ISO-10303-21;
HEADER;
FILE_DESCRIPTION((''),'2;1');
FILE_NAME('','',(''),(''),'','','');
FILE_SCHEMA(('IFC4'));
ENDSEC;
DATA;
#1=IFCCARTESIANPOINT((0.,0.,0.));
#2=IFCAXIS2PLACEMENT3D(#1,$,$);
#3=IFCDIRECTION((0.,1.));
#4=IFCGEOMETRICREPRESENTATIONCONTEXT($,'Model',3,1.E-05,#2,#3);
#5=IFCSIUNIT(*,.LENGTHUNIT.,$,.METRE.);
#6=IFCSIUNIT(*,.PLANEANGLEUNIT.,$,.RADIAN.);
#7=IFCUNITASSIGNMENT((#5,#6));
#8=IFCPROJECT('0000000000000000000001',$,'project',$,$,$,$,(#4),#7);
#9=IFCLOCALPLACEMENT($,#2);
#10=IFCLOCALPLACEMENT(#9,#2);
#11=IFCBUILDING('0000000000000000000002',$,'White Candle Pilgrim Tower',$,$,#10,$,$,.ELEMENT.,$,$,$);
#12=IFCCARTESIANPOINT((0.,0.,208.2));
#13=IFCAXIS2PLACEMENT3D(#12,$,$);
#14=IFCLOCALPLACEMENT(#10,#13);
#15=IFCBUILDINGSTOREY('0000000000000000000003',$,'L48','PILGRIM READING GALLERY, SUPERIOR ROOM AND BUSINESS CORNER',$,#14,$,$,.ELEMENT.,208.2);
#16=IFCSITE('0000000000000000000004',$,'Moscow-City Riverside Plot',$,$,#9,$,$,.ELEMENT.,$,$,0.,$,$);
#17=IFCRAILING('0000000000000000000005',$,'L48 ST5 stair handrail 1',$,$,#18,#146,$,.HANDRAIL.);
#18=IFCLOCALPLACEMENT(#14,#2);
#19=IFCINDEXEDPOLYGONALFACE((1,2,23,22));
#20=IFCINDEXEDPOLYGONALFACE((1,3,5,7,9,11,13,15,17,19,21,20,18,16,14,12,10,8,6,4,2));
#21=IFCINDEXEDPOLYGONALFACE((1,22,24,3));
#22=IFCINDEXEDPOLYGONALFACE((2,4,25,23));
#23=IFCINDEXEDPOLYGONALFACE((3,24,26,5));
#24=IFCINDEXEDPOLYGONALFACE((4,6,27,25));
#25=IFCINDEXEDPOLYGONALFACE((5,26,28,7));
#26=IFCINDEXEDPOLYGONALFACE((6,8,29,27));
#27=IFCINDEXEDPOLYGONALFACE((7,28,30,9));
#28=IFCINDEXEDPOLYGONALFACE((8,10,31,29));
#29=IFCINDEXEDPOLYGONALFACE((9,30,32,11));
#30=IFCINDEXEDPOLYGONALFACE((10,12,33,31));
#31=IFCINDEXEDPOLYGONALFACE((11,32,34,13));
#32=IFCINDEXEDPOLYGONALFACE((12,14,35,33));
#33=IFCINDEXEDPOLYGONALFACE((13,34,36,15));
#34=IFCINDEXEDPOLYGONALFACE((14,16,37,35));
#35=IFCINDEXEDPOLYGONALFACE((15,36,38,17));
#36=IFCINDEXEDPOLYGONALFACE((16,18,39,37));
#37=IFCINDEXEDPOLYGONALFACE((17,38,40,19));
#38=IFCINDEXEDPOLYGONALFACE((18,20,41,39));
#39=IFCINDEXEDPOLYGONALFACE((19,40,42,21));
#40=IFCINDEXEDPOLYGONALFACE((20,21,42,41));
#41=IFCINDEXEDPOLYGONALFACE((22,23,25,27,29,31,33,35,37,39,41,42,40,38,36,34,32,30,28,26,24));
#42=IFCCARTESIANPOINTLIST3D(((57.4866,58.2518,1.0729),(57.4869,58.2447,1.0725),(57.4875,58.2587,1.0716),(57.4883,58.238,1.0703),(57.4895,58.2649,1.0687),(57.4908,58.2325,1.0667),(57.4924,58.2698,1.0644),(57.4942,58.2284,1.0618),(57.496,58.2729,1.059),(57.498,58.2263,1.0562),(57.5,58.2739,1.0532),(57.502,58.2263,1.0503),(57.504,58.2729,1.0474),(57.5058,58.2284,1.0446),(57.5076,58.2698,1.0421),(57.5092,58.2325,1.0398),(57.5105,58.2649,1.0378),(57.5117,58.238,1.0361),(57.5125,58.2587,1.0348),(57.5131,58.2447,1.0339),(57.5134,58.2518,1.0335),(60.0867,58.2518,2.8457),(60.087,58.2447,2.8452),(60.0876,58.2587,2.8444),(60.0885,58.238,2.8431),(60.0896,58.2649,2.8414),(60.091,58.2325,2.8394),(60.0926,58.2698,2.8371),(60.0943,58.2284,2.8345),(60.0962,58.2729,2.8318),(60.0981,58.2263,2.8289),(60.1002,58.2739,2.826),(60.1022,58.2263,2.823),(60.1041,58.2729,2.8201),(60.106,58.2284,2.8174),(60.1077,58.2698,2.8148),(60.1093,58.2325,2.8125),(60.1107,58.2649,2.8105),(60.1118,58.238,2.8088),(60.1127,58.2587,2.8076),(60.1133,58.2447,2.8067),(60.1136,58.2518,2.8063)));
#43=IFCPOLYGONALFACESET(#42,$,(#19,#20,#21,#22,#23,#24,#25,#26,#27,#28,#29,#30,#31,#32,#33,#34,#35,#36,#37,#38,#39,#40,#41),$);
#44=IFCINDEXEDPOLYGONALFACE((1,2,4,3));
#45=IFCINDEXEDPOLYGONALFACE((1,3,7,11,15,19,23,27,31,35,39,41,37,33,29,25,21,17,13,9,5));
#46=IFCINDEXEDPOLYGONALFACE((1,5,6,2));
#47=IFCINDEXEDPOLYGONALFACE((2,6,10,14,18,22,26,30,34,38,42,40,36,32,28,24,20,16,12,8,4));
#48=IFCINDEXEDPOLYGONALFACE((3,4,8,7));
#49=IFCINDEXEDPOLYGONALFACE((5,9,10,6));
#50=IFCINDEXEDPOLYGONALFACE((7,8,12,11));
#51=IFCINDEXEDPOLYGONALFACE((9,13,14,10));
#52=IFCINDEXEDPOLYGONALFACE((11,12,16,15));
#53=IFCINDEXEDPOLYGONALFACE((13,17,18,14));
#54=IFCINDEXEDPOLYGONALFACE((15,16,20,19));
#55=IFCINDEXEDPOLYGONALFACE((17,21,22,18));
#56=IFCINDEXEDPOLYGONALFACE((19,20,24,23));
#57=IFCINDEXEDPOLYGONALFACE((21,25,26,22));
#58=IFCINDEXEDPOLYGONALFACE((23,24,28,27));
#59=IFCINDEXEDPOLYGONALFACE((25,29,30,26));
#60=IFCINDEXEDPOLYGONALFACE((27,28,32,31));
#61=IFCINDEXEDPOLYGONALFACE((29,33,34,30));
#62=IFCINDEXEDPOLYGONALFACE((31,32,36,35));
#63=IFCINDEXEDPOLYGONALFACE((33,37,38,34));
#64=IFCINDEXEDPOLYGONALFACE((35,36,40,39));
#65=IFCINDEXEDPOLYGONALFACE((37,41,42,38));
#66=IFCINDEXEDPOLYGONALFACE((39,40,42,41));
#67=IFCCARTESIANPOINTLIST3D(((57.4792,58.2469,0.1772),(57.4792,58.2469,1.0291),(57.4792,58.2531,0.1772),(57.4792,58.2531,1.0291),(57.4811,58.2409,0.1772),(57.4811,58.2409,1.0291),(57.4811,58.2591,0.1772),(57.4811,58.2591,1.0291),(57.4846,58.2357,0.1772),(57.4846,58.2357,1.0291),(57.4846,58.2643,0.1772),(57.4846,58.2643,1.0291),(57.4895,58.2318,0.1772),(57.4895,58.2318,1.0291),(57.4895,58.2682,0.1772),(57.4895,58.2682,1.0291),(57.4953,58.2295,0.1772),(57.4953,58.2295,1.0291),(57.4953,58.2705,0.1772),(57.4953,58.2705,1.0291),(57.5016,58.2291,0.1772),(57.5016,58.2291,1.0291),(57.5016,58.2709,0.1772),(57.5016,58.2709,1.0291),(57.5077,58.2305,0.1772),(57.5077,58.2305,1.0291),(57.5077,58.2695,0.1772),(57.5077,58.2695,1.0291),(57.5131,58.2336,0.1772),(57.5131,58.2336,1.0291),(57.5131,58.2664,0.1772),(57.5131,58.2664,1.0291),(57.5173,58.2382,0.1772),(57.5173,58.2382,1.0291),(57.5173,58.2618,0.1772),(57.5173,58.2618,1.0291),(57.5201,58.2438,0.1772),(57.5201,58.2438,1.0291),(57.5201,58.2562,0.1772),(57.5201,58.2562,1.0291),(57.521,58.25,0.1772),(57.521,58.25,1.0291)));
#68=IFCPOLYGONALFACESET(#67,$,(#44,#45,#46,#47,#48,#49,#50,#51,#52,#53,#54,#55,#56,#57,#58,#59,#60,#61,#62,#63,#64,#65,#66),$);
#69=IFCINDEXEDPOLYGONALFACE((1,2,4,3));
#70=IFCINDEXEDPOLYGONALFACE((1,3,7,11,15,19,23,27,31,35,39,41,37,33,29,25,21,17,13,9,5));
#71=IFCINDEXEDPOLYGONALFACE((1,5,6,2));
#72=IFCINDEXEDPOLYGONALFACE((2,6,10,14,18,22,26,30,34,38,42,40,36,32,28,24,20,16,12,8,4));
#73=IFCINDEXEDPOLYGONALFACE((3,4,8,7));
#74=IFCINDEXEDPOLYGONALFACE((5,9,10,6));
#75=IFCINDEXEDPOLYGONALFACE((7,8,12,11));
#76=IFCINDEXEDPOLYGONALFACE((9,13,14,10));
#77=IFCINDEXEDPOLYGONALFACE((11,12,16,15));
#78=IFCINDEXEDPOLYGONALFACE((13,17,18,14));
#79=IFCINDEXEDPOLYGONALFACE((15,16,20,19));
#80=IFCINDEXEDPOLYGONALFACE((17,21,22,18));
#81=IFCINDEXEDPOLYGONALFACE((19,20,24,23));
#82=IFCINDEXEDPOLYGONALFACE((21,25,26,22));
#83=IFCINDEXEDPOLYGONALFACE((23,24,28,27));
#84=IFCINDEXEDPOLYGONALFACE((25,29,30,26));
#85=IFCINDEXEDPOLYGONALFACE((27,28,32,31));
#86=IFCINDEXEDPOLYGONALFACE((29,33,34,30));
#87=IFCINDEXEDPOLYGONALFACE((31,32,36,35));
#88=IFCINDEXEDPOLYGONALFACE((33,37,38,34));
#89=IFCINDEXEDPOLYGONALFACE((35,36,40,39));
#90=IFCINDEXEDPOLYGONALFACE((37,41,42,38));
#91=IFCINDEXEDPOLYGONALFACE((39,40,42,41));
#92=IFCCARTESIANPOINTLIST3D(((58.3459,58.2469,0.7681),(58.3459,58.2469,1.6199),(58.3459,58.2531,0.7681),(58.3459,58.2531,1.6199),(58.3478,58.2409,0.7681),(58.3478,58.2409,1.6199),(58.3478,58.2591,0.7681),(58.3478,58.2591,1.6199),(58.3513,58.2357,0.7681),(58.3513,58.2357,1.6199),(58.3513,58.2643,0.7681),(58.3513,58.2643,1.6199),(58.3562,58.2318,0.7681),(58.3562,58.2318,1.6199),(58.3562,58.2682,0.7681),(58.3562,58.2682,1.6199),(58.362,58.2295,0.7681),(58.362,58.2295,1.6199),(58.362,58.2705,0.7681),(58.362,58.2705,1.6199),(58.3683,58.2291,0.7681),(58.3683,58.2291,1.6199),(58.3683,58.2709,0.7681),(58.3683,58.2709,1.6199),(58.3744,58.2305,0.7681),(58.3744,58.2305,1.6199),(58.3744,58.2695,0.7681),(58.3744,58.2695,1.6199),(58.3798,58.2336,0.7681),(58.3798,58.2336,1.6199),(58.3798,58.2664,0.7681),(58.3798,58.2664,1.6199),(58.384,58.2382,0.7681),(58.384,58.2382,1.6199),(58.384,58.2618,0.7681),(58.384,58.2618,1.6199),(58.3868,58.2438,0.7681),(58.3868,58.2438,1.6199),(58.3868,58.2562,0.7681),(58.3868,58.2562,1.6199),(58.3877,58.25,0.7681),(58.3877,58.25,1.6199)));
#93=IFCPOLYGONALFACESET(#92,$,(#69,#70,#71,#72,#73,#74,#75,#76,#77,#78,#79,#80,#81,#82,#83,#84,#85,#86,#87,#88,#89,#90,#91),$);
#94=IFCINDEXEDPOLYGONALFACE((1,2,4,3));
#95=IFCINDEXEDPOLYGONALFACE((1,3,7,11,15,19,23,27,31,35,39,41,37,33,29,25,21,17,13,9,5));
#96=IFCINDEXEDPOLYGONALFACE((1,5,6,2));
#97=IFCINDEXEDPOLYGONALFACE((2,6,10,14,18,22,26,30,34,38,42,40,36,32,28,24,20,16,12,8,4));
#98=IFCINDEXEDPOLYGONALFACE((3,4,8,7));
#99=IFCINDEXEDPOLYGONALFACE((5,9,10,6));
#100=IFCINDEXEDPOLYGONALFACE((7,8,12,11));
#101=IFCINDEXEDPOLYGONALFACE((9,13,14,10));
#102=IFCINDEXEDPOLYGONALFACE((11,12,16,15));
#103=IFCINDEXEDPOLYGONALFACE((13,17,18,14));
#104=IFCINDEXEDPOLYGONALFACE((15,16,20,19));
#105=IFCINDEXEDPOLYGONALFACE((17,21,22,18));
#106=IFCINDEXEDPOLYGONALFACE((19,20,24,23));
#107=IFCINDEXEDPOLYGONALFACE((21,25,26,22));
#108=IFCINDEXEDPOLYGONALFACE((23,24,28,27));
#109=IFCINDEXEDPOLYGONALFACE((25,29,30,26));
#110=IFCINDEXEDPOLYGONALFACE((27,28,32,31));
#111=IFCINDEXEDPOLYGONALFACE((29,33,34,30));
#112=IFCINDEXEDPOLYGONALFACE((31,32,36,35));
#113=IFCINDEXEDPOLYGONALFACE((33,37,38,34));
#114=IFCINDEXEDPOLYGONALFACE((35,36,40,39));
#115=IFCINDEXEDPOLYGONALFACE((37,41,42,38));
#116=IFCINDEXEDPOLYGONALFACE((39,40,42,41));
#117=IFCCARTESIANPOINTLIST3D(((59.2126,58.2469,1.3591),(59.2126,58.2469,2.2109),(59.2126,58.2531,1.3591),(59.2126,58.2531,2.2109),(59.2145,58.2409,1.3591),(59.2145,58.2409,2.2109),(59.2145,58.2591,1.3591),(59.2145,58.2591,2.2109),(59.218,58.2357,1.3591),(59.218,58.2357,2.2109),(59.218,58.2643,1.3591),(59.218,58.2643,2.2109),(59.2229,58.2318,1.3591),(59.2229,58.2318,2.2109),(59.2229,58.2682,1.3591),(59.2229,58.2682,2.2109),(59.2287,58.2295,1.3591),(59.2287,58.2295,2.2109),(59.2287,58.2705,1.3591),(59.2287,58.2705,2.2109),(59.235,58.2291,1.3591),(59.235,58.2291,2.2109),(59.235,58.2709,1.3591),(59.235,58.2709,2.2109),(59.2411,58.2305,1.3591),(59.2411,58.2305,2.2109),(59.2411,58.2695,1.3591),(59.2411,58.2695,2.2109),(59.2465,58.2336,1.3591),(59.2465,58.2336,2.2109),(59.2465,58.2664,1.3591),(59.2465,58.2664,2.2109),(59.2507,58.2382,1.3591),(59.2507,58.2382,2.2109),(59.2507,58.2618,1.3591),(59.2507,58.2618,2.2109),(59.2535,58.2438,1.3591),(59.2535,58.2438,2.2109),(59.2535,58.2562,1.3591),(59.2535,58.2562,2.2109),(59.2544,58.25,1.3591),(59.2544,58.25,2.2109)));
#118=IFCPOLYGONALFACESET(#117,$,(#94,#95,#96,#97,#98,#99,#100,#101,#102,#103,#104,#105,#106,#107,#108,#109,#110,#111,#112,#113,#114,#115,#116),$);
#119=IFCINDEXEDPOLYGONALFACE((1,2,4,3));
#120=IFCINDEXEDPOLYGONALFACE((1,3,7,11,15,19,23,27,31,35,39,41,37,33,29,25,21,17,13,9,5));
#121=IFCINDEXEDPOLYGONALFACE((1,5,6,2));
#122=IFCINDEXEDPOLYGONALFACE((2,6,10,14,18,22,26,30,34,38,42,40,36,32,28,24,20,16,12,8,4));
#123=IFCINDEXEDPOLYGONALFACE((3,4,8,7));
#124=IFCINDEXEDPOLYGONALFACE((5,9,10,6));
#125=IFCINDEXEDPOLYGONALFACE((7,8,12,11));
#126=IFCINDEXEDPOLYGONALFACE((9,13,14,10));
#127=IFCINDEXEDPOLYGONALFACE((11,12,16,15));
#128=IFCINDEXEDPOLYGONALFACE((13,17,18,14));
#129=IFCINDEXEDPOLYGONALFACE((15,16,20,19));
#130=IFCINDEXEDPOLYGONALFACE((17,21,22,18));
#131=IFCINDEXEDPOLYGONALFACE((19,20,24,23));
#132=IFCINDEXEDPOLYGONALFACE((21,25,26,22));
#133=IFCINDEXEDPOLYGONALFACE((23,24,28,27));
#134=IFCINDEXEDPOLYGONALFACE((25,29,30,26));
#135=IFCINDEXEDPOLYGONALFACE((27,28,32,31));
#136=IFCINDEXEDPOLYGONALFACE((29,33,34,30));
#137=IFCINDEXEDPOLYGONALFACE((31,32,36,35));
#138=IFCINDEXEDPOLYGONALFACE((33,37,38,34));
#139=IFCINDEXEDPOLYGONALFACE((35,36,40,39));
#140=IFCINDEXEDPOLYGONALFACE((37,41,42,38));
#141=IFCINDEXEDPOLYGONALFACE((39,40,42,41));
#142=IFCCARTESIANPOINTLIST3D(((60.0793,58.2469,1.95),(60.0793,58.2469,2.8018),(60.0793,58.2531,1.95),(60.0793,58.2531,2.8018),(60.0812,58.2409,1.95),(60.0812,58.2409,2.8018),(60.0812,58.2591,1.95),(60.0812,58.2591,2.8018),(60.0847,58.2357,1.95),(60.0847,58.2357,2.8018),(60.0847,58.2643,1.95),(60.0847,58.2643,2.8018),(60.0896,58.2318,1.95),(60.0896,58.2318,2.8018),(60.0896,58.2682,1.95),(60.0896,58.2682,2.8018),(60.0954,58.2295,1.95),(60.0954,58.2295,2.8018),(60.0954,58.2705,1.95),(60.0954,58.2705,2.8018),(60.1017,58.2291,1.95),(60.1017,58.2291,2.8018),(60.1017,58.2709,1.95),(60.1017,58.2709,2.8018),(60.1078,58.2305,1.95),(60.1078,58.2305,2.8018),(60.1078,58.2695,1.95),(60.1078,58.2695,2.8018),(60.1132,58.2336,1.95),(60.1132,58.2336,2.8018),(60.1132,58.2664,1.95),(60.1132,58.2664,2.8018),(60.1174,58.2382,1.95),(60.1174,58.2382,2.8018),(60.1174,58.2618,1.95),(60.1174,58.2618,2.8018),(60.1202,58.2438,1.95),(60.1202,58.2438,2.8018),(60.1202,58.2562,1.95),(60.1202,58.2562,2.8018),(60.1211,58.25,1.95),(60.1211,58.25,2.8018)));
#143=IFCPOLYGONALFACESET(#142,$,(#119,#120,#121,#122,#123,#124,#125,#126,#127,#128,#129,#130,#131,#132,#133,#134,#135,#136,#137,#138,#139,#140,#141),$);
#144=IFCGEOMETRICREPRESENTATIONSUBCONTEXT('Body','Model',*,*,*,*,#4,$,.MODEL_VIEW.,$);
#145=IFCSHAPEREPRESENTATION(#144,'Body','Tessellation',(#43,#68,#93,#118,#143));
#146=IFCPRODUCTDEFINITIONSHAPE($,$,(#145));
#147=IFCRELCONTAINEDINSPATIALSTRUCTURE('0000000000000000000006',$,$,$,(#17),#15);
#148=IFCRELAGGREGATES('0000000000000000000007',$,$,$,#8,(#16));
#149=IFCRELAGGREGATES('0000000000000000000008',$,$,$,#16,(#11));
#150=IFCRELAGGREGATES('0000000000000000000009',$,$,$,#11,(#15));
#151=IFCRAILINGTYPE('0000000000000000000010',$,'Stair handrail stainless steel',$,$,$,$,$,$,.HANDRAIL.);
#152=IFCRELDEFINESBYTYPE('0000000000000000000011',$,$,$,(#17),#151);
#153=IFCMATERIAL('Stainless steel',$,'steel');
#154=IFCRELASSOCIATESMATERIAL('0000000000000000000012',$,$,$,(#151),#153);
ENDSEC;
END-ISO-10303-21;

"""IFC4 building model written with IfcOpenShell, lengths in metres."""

from ifc_helpers import new_model, si_unit, direction, frame, origin, origin_2d, place, context, subcontext, project, spatial, circle, extrude, material, type_object, element, save


model = new_model("IFC4")

# Units and contexts
model_context = context("Model", 3, precision=1e-05, world=origin(), true_north=direction((0.0, 1.0)))
body_context = subcontext(model_context, "Body", "Model", "MODEL_VIEW")
ifc_project = project(units=[si_unit("LENGTHUNIT", "METRE"), si_unit("PLANEANGLEUNIT", "RADIAN")], contexts=[model_context])

# Site, building, storey
site_placement = place(None, origin())
site = spatial("IfcSite", under=ifc_project, at=site_placement, Name="Moscow-City Riverside Plot", CompositionType="ELEMENT", RefElevation=0.0)
building_placement = place(site_placement, origin())
building = spatial("IfcBuilding", under=site, at=building_placement, Name="White Candle Pilgrim Tower", CompositionType="ELEMENT")
storey_placement = place(building_placement, frame((0.0, 0.0, 208.2)))
storey = spatial("IfcBuildingStorey", under=building, at=storey_placement, Name="L48", Description="PILGRIM READING GALLERY, SUPERIOR ROOM AND BUSINESS CORNER", CompositionType="ELEMENT", Elevation=208.2)

# Railing
ifc_material_1 = material(Name="Stainless steel", Category="steel")
railing_type_1 = type_object("IfcRailingType", Name="Stair handrail stainless steel", PredefinedType="HANDRAIL", material=ifc_material_1)
railing_1_placement = place(storey_placement, frame((57.5, 58.25, 0.1772)))
element("IfcRailing", 1, at=railing_1_placement, inside=storey, type_object=railing_type_1, Name="L48 ST5 stair handrail 1", PredefinedType="HANDRAIL", context=body_context, shape_type="SweptSolid", body=[
    extrude(circle(Radius=0.0239, at=origin_2d()), frame((0.0, 0.0, 0.876), z_axis=(0.82624, 0.0, 0.563318), x_axis=(0.0, 1.0, 0.0)), (0.0, 0.0, 1.0), 3.147),
    extrude(circle(Radius=0.021, at=origin_2d()), origin(), (0.0, 0.0, 1.0), 0.8518),
    extrude(circle(Radius=0.021, at=origin_2d()), frame((0.8667, 0.0, 0.5908)), (0.0, 0.0, 1.0), 0.8518),
    extrude(circle(Radius=0.021, at=origin_2d()), frame((1.7334, 0.0, 1.1819)), (0.0, 0.0, 1.0), 0.8518),
    extrude(circle(Radius=0.021, at=origin_2d()), frame((2.6001, 0.0, 1.7727)), (0.0, 0.0, 1.0), 0.8518),
])

save(model, "model.ifc")
